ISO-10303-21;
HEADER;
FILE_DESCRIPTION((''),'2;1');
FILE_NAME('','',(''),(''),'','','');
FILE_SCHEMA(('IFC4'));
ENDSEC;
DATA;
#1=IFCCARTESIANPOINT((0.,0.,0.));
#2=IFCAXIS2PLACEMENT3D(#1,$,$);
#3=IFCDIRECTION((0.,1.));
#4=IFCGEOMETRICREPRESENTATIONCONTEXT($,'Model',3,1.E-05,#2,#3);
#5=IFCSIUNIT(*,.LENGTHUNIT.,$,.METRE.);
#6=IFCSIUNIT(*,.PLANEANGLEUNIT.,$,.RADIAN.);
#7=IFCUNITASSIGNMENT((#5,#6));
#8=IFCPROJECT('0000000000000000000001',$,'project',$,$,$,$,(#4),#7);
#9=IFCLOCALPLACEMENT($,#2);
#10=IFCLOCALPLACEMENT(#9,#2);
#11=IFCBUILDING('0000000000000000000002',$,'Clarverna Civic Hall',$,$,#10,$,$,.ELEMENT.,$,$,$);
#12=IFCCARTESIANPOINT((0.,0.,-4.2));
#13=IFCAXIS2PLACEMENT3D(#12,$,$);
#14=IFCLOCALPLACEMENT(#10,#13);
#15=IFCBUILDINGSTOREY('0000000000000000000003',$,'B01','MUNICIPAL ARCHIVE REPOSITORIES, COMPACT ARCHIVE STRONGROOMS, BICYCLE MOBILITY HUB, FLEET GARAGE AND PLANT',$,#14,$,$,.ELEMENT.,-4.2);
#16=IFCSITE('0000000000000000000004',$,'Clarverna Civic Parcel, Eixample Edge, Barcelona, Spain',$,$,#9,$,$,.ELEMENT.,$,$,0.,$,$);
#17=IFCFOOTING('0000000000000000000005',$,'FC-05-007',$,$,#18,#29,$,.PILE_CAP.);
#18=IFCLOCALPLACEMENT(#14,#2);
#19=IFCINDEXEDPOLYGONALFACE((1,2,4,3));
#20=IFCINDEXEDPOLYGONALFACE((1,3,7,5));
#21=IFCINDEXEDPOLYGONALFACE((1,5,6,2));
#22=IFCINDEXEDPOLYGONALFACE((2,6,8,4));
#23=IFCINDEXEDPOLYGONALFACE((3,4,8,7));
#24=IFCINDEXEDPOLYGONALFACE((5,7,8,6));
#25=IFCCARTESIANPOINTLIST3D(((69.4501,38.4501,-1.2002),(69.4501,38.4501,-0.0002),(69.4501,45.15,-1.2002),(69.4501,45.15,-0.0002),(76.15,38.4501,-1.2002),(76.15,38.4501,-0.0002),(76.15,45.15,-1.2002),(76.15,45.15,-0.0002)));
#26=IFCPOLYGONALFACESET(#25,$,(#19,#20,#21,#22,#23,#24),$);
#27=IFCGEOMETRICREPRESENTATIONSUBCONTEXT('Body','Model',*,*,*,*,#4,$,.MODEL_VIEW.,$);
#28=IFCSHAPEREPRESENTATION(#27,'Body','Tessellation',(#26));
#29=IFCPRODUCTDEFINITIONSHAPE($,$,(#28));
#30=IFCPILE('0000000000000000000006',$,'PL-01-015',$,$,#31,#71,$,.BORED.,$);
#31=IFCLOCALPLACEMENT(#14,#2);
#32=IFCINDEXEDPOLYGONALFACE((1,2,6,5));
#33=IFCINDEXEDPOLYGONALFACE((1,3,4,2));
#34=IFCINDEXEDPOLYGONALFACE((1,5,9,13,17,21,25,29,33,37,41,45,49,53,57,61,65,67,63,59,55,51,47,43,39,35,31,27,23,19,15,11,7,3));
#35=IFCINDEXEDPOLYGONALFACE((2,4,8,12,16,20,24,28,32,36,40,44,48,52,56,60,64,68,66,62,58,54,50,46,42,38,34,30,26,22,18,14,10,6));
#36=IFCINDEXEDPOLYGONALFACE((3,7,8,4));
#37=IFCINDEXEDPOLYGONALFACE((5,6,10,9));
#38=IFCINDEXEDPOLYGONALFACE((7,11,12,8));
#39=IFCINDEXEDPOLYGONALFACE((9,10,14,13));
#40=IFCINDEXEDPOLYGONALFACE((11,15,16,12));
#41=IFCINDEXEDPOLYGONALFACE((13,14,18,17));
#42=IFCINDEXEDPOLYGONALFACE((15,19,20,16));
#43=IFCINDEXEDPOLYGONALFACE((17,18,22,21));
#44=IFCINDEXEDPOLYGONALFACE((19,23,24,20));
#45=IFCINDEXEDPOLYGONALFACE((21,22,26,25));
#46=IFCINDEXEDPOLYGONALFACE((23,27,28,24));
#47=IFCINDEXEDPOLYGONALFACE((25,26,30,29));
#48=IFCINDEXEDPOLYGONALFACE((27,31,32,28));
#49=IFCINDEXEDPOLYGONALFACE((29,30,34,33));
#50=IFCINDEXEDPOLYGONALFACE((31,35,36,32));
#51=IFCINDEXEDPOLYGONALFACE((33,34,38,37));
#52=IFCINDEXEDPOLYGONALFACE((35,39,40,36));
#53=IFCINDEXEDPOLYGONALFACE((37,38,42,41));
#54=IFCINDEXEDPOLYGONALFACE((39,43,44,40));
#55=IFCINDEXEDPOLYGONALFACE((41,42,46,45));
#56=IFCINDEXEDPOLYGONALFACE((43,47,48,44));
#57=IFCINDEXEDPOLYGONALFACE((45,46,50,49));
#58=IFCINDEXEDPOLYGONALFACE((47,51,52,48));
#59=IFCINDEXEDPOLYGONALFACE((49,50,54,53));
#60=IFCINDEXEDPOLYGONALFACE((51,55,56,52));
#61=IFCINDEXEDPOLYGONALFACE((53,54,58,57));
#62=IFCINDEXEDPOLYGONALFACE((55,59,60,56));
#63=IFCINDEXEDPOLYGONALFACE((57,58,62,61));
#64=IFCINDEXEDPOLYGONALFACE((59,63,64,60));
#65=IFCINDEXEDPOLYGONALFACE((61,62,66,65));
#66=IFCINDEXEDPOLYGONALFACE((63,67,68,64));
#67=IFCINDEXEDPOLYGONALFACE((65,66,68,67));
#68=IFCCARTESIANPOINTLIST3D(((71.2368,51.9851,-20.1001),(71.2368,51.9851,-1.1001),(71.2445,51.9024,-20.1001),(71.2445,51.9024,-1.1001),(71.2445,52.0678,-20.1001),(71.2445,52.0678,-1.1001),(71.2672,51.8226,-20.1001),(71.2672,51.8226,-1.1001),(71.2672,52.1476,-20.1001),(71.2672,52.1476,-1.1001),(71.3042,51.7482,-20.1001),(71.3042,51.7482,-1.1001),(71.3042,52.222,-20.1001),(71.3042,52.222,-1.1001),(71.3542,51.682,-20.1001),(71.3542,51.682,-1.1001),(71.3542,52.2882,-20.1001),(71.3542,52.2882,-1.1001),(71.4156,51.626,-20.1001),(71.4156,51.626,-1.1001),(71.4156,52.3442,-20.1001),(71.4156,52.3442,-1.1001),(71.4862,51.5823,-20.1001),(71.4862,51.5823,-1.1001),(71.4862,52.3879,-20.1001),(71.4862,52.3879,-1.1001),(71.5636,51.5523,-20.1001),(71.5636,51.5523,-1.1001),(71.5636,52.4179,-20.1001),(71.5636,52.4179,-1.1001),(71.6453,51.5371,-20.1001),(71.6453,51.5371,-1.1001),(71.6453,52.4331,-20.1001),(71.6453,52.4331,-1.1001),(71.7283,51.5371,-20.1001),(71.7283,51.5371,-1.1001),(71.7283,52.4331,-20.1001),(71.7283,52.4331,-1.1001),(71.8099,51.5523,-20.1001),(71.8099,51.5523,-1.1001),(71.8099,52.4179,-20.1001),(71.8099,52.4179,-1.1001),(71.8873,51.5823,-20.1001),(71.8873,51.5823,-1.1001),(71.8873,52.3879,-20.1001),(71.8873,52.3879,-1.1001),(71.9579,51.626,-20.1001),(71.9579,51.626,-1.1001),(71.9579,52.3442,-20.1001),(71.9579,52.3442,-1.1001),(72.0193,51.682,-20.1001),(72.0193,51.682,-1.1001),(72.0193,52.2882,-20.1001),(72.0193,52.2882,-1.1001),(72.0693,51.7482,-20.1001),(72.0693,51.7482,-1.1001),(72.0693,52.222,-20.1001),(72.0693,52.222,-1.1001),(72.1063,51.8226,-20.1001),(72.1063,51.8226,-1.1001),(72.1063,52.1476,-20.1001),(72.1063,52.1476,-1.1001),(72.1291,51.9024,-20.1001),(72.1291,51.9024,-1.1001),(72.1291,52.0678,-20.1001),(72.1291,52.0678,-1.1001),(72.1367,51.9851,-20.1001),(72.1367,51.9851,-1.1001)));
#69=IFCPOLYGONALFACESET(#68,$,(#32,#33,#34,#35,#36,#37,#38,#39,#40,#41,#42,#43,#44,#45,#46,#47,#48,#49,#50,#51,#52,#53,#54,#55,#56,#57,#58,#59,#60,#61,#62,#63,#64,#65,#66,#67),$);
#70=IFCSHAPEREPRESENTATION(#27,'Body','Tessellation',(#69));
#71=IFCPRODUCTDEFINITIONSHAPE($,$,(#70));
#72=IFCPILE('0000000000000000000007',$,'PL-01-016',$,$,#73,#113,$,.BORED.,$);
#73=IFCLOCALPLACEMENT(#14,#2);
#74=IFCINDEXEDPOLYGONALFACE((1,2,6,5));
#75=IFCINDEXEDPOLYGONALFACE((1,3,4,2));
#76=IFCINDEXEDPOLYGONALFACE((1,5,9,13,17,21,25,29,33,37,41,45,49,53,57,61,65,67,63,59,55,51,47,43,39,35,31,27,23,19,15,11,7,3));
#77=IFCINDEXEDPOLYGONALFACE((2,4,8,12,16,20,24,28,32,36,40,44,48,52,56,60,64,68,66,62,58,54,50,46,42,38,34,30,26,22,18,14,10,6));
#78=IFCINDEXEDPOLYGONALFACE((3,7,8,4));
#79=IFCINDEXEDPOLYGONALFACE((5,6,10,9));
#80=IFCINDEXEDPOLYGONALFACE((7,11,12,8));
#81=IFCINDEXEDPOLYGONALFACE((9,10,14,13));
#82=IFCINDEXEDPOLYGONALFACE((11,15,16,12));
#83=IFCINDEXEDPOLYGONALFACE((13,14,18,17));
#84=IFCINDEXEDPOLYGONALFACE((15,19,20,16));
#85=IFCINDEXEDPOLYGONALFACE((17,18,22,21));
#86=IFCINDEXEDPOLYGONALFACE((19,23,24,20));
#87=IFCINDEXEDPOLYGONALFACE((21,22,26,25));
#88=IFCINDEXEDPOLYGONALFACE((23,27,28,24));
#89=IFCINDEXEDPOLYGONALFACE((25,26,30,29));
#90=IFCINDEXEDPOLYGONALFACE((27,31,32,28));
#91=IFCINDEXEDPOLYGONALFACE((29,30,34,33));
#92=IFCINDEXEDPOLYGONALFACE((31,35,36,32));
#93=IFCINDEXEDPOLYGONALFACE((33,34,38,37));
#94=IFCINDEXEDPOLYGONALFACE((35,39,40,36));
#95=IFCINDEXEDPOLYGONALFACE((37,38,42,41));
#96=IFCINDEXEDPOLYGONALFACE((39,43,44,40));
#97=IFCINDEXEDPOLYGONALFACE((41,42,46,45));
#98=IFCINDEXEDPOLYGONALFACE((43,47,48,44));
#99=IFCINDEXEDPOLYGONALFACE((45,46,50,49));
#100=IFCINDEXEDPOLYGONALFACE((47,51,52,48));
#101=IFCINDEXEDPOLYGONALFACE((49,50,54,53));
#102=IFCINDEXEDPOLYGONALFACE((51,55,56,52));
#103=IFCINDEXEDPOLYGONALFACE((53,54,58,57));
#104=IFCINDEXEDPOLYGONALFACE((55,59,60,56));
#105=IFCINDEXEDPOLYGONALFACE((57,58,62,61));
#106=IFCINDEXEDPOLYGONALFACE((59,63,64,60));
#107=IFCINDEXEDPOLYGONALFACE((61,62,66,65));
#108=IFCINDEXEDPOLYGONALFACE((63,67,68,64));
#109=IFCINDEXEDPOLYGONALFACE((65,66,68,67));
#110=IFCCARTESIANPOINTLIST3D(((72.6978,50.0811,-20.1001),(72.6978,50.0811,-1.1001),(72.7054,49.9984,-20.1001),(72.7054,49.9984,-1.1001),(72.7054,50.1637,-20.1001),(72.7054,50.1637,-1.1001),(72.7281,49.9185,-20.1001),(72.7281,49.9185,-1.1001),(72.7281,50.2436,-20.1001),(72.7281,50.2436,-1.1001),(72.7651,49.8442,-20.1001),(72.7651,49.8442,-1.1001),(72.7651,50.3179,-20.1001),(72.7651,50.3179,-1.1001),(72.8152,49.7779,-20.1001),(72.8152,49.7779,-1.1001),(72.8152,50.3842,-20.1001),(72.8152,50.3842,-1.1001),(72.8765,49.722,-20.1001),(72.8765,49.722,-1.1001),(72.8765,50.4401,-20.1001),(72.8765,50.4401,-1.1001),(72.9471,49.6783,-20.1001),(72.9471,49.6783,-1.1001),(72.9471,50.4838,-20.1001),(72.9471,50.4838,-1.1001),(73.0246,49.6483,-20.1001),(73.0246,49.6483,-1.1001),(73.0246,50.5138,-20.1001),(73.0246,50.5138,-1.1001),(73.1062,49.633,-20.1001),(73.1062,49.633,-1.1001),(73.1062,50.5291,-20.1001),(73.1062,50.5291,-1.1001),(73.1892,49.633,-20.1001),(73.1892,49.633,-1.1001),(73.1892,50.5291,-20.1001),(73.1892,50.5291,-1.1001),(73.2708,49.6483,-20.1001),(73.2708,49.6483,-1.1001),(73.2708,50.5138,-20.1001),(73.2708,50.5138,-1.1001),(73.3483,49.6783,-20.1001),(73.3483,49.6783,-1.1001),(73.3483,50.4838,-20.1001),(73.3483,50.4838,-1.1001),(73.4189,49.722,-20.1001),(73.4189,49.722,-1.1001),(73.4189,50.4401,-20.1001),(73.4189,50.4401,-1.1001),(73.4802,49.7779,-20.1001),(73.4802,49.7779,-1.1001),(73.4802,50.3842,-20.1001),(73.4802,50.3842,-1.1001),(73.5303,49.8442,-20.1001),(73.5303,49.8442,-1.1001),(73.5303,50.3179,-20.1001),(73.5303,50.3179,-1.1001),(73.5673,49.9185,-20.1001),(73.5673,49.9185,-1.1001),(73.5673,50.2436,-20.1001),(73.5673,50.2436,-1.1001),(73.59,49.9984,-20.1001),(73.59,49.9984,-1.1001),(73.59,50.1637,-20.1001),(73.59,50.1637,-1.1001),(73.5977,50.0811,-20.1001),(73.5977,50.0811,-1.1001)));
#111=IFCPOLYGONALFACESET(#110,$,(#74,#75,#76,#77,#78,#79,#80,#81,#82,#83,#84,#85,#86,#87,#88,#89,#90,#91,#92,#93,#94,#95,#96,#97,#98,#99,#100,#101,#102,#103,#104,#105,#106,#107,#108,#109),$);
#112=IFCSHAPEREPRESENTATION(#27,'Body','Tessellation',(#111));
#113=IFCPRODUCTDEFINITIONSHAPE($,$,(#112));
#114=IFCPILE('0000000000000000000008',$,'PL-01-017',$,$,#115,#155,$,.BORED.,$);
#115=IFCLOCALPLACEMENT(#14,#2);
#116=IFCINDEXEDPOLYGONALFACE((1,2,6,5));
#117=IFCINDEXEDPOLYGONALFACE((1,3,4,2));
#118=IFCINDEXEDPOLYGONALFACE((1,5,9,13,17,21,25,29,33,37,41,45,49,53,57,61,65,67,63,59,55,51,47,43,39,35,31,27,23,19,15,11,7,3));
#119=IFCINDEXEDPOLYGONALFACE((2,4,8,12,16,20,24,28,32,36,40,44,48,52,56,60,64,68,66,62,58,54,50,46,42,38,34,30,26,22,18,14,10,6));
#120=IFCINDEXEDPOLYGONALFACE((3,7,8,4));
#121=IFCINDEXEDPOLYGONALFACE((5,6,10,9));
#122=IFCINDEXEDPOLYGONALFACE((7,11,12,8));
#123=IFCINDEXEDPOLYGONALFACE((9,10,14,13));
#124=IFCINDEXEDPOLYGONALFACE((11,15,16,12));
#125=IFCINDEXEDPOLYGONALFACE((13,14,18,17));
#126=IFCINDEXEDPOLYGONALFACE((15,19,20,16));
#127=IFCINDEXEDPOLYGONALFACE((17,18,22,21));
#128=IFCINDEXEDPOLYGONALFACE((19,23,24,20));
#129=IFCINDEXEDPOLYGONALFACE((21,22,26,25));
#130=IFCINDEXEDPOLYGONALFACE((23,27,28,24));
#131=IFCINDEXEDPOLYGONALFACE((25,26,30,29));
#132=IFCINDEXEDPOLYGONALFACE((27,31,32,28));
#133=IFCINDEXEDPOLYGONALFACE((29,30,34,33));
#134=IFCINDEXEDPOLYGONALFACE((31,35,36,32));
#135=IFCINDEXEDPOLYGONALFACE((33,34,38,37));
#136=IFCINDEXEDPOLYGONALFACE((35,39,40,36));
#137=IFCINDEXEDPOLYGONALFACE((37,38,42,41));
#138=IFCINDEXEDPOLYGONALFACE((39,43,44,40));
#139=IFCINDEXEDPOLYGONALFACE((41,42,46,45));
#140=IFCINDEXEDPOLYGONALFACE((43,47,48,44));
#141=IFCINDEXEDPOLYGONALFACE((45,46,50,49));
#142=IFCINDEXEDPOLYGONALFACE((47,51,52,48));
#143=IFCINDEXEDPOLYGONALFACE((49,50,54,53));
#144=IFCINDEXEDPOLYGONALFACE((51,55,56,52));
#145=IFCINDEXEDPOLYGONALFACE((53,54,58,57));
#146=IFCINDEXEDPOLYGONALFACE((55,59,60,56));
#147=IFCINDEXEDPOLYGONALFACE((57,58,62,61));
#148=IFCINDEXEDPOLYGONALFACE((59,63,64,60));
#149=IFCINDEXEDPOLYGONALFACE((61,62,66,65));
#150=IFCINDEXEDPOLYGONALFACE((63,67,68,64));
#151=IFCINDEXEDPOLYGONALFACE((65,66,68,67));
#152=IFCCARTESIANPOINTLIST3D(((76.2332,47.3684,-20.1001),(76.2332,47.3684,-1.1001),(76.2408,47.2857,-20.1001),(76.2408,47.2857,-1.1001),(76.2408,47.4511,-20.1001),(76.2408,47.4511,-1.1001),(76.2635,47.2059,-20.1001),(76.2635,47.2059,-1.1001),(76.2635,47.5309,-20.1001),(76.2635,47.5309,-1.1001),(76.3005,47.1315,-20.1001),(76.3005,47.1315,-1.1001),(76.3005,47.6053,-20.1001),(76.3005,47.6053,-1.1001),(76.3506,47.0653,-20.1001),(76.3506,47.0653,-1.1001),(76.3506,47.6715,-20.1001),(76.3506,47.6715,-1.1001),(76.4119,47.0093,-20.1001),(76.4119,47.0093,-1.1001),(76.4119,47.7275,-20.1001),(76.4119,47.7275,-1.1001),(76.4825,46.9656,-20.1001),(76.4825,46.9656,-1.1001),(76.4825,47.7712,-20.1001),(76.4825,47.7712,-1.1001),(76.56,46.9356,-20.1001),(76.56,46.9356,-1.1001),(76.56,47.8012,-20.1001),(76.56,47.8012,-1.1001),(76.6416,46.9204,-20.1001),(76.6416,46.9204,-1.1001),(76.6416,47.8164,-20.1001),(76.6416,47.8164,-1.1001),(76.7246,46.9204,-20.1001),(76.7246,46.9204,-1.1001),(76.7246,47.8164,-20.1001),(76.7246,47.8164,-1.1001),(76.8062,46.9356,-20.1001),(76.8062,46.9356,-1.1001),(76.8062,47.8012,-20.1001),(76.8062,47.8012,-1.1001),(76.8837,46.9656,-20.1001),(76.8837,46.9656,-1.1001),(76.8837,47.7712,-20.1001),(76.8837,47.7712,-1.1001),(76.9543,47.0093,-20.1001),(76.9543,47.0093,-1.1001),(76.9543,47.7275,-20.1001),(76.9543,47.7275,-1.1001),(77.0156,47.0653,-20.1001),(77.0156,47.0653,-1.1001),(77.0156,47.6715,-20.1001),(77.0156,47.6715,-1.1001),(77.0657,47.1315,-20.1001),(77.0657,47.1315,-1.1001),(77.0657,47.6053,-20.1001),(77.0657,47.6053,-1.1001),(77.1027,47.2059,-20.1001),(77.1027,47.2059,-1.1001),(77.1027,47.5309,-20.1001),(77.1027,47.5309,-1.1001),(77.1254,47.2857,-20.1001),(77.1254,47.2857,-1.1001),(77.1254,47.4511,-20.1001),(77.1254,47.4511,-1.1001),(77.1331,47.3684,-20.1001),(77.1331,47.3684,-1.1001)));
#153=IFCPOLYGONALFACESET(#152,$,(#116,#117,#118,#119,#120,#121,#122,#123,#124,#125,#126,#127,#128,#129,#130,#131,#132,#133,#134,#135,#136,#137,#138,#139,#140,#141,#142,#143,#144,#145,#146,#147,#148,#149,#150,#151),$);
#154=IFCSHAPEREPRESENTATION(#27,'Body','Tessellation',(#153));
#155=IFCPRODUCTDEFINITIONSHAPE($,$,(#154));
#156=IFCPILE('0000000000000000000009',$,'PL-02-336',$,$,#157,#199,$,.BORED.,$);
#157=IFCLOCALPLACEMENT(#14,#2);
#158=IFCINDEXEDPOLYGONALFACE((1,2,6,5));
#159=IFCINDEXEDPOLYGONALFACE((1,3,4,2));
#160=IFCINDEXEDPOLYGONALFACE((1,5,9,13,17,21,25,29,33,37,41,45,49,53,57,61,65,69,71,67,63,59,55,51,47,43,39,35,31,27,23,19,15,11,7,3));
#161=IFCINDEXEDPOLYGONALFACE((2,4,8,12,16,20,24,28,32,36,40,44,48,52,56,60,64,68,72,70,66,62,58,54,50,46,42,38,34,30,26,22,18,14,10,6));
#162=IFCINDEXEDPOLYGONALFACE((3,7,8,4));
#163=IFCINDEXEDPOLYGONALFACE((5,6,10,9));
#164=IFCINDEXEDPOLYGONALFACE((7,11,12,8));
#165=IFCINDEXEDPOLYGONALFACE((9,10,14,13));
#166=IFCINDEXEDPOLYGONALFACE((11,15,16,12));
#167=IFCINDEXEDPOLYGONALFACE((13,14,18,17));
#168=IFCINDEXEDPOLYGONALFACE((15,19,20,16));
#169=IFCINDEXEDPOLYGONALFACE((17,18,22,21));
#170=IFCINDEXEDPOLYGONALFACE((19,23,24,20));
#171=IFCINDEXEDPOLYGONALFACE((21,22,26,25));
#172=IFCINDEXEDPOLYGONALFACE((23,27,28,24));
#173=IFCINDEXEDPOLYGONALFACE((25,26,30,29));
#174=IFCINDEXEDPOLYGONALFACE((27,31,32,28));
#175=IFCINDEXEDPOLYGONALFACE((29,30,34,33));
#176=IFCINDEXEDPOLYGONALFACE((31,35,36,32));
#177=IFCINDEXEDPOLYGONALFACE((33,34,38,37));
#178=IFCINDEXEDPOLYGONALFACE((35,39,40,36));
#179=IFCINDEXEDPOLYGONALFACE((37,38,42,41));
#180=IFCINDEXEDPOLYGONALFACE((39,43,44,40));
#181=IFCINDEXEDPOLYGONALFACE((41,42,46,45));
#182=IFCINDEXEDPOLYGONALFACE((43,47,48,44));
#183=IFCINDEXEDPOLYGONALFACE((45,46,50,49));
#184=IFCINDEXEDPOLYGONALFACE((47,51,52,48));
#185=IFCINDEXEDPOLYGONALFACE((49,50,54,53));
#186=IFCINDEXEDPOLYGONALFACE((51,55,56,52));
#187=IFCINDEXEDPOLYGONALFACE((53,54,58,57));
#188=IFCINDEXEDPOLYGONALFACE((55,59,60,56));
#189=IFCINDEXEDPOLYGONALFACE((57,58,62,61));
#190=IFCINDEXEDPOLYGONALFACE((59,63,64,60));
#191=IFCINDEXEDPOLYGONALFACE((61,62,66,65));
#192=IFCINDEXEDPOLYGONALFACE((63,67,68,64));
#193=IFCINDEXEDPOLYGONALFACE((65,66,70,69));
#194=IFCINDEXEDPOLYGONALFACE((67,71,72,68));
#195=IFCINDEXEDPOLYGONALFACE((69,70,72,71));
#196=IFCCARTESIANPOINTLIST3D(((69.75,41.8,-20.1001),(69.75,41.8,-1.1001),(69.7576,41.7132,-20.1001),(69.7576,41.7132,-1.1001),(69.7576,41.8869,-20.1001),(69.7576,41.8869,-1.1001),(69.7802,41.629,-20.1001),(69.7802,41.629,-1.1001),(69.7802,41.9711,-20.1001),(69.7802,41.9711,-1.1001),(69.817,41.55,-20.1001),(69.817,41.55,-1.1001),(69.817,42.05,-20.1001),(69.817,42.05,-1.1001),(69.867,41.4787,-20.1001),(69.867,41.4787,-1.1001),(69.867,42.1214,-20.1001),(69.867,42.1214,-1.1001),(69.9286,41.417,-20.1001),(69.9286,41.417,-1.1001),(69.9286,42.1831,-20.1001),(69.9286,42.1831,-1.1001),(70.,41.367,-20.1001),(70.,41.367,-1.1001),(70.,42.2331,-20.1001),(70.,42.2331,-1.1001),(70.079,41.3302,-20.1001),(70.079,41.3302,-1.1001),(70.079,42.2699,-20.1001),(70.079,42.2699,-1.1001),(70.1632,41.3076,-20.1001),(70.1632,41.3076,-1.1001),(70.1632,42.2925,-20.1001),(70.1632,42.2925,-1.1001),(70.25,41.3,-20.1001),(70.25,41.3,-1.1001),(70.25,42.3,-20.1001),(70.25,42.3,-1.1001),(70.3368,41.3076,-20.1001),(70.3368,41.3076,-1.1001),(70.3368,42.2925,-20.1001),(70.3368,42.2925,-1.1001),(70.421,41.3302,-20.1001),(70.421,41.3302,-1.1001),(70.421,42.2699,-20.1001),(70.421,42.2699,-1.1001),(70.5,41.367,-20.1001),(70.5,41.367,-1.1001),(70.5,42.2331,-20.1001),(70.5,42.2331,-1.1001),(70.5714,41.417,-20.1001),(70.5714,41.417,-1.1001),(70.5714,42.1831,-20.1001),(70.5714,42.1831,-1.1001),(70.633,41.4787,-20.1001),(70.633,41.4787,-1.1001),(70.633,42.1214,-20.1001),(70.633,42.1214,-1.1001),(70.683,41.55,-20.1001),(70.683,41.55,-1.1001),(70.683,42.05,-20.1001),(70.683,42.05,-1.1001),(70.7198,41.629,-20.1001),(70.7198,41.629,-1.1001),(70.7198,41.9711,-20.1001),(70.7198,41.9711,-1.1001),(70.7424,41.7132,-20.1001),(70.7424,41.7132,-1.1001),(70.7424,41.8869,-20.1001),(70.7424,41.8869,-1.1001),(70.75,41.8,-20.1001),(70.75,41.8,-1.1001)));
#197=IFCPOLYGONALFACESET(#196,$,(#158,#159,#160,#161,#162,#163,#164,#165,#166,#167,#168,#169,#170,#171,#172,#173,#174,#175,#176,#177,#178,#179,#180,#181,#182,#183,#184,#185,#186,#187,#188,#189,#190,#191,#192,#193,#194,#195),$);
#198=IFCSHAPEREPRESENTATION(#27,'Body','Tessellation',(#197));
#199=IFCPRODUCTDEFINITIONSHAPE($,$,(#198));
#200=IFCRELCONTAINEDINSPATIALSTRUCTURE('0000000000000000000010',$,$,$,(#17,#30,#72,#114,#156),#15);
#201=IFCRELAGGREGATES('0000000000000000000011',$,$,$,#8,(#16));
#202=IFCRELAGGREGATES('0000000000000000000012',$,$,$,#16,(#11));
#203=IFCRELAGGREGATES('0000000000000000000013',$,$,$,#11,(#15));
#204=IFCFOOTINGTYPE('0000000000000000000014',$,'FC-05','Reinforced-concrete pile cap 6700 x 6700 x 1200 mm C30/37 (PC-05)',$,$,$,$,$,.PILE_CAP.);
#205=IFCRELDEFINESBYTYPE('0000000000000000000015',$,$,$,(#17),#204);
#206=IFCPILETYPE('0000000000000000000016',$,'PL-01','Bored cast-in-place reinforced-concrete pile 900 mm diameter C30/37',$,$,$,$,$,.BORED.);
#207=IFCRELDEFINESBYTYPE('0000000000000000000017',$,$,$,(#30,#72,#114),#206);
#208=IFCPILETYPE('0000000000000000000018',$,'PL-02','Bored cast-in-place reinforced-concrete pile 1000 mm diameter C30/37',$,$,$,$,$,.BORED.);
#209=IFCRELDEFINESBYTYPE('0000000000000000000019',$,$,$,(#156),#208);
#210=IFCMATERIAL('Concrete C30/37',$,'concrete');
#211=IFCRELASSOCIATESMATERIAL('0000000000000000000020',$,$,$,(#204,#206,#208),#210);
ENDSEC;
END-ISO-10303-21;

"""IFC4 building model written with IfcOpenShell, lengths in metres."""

from ifc_helpers import new_model, si_unit, direction, frame, origin, origin_2d, place, context, subcontext, project, spatial, rectangle, circle, extrude, material, material_profile, profile_set, type_object, element, save


model = new_model("IFC4")

# Units and contexts
model_context = context("Model", 3, precision=1e-05, world=origin(), true_north=direction((0.0, 1.0)))
body_context = subcontext(model_context, "Body", "Model", "MODEL_VIEW")
ifc_project = project(units=[si_unit("LENGTHUNIT", "METRE"), si_unit("PLANEANGLEUNIT", "RADIAN")], contexts=[model_context])

# Site, building, storey
site_placement = place(None, origin())
site = spatial("IfcSite", under=ifc_project, at=site_placement, Name="Clarverna Civic Parcel, Eixample Edge, Barcelona, Spain", CompositionType="ELEMENT", RefElevation=0.0)
building_placement = place(site_placement, origin())
building = spatial("IfcBuilding", under=site, at=building_placement, Name="Clarverna Civic Hall", CompositionType="ELEMENT")
storey_placement = place(building_placement, frame((0.0, 0.0, -4.2)))
storey = spatial("IfcBuildingStorey", under=building, at=storey_placement, Name="B01", Description="MUNICIPAL ARCHIVE REPOSITORIES, COMPACT ARCHIVE STRONGROOMS, BICYCLE MOBILITY HUB, FLEET GARAGE AND PLANT", CompositionType="ELEMENT", Elevation=-4.2)

# Footing
ifc_material_1 = material(Name="Concrete C30/37", Category="concrete")
footing_type = type_object("IfcFootingType", Name="FC-05", Description="Reinforced-concrete pile cap 6700 x 6700 x 1200 mm C30/37 (PC-05)", PredefinedType="PILE_CAP", material=ifc_material_1)
footing_placement = place(storey_placement, frame((72.8, 41.8, -1.2002), z_axis=(0.0, 0.0, 1.0), x_axis=(1.0, 0.0, 0.0)))
element("IfcFooting", 1, at=footing_placement, inside=storey, type_object=footing_type, Name="FC-05-007", PredefinedType="PILE_CAP", context=body_context, shape_type="SweptSolid", body=[
    extrude(rectangle(XDim=6.7, YDim=6.7, at=origin_2d()), origin(), (0.0, 0.0, 1.0), 1.2),
])

# Piles
ifc_material_profile_1 = material_profile(ifc_material_1, circle(Radius=0.45, at=origin_2d()), Name="BORED PILE D900")
ifc_profile_set_1 = profile_set([ifc_material_profile_1], Name="Concrete C30/37")
pile_type_1 = type_object("IfcPileType", Name="PL-01", Description="Bored cast-in-place reinforced-concrete pile 900 mm diameter C30/37", PredefinedType="BORED", material=ifc_profile_set_1)
for number, where, z_axis, x_axis, name in (
    (2, (71.6868, 51.9851, -1.1001), (0.0, 0.0, -1.0), (1.0, 0.0, 0.0), "PL-01-015"),
    (3, (73.1477, 50.0811, -1.1001), (0.0, 0.0, -1.0), (1.0, 0.0, 0.0), "PL-01-016"),
    (4, (76.6831, 47.3684, -1.1001), (0.0, 0.0, -1.0), (1.0, 0.0, 0.0), "PL-01-017"),
):
    element("IfcPile", number, at=place(storey_placement, frame(where, z_axis=z_axis, x_axis=x_axis)), inside=storey, type_object=pile_type_1, Name=name, PredefinedType="BORED", context=body_context, shape_type="SweptSolid", body=[
        extrude(circle(Radius=0.45, at=origin_2d()), origin(), (0.0, 0.0, 1.0), 19.0),
    ])
ifc_material_profile_2 = material_profile(ifc_material_1, circle(Radius=0.5, at=origin_2d()), Name="BORED PILE D1000")
ifc_profile_set_2 = profile_set([ifc_material_profile_2], Name="Concrete C30/37")
pile_type_2 = type_object("IfcPileType", Name="PL-02", Description="Bored cast-in-place reinforced-concrete pile 1000 mm diameter C30/37", PredefinedType="BORED", material=ifc_profile_set_2)
for number, where, z_axis, x_axis, name in (
    (5, (70.25, 41.8, -1.1001), (0.0, 0.0, -1.0), (1.0, 0.0, 0.0), "PL-02-336"),
):
    element("IfcPile", number, at=place(storey_placement, frame(where, z_axis=z_axis, x_axis=x_axis)), inside=storey, type_object=pile_type_2, Name=name, PredefinedType="BORED", context=body_context, shape_type="SweptSolid", body=[
        extrude(circle(Radius=0.5, at=origin_2d()), origin(), (0.0, 0.0, 1.0), 19.0),
    ])

save(model, "model.ifc")
